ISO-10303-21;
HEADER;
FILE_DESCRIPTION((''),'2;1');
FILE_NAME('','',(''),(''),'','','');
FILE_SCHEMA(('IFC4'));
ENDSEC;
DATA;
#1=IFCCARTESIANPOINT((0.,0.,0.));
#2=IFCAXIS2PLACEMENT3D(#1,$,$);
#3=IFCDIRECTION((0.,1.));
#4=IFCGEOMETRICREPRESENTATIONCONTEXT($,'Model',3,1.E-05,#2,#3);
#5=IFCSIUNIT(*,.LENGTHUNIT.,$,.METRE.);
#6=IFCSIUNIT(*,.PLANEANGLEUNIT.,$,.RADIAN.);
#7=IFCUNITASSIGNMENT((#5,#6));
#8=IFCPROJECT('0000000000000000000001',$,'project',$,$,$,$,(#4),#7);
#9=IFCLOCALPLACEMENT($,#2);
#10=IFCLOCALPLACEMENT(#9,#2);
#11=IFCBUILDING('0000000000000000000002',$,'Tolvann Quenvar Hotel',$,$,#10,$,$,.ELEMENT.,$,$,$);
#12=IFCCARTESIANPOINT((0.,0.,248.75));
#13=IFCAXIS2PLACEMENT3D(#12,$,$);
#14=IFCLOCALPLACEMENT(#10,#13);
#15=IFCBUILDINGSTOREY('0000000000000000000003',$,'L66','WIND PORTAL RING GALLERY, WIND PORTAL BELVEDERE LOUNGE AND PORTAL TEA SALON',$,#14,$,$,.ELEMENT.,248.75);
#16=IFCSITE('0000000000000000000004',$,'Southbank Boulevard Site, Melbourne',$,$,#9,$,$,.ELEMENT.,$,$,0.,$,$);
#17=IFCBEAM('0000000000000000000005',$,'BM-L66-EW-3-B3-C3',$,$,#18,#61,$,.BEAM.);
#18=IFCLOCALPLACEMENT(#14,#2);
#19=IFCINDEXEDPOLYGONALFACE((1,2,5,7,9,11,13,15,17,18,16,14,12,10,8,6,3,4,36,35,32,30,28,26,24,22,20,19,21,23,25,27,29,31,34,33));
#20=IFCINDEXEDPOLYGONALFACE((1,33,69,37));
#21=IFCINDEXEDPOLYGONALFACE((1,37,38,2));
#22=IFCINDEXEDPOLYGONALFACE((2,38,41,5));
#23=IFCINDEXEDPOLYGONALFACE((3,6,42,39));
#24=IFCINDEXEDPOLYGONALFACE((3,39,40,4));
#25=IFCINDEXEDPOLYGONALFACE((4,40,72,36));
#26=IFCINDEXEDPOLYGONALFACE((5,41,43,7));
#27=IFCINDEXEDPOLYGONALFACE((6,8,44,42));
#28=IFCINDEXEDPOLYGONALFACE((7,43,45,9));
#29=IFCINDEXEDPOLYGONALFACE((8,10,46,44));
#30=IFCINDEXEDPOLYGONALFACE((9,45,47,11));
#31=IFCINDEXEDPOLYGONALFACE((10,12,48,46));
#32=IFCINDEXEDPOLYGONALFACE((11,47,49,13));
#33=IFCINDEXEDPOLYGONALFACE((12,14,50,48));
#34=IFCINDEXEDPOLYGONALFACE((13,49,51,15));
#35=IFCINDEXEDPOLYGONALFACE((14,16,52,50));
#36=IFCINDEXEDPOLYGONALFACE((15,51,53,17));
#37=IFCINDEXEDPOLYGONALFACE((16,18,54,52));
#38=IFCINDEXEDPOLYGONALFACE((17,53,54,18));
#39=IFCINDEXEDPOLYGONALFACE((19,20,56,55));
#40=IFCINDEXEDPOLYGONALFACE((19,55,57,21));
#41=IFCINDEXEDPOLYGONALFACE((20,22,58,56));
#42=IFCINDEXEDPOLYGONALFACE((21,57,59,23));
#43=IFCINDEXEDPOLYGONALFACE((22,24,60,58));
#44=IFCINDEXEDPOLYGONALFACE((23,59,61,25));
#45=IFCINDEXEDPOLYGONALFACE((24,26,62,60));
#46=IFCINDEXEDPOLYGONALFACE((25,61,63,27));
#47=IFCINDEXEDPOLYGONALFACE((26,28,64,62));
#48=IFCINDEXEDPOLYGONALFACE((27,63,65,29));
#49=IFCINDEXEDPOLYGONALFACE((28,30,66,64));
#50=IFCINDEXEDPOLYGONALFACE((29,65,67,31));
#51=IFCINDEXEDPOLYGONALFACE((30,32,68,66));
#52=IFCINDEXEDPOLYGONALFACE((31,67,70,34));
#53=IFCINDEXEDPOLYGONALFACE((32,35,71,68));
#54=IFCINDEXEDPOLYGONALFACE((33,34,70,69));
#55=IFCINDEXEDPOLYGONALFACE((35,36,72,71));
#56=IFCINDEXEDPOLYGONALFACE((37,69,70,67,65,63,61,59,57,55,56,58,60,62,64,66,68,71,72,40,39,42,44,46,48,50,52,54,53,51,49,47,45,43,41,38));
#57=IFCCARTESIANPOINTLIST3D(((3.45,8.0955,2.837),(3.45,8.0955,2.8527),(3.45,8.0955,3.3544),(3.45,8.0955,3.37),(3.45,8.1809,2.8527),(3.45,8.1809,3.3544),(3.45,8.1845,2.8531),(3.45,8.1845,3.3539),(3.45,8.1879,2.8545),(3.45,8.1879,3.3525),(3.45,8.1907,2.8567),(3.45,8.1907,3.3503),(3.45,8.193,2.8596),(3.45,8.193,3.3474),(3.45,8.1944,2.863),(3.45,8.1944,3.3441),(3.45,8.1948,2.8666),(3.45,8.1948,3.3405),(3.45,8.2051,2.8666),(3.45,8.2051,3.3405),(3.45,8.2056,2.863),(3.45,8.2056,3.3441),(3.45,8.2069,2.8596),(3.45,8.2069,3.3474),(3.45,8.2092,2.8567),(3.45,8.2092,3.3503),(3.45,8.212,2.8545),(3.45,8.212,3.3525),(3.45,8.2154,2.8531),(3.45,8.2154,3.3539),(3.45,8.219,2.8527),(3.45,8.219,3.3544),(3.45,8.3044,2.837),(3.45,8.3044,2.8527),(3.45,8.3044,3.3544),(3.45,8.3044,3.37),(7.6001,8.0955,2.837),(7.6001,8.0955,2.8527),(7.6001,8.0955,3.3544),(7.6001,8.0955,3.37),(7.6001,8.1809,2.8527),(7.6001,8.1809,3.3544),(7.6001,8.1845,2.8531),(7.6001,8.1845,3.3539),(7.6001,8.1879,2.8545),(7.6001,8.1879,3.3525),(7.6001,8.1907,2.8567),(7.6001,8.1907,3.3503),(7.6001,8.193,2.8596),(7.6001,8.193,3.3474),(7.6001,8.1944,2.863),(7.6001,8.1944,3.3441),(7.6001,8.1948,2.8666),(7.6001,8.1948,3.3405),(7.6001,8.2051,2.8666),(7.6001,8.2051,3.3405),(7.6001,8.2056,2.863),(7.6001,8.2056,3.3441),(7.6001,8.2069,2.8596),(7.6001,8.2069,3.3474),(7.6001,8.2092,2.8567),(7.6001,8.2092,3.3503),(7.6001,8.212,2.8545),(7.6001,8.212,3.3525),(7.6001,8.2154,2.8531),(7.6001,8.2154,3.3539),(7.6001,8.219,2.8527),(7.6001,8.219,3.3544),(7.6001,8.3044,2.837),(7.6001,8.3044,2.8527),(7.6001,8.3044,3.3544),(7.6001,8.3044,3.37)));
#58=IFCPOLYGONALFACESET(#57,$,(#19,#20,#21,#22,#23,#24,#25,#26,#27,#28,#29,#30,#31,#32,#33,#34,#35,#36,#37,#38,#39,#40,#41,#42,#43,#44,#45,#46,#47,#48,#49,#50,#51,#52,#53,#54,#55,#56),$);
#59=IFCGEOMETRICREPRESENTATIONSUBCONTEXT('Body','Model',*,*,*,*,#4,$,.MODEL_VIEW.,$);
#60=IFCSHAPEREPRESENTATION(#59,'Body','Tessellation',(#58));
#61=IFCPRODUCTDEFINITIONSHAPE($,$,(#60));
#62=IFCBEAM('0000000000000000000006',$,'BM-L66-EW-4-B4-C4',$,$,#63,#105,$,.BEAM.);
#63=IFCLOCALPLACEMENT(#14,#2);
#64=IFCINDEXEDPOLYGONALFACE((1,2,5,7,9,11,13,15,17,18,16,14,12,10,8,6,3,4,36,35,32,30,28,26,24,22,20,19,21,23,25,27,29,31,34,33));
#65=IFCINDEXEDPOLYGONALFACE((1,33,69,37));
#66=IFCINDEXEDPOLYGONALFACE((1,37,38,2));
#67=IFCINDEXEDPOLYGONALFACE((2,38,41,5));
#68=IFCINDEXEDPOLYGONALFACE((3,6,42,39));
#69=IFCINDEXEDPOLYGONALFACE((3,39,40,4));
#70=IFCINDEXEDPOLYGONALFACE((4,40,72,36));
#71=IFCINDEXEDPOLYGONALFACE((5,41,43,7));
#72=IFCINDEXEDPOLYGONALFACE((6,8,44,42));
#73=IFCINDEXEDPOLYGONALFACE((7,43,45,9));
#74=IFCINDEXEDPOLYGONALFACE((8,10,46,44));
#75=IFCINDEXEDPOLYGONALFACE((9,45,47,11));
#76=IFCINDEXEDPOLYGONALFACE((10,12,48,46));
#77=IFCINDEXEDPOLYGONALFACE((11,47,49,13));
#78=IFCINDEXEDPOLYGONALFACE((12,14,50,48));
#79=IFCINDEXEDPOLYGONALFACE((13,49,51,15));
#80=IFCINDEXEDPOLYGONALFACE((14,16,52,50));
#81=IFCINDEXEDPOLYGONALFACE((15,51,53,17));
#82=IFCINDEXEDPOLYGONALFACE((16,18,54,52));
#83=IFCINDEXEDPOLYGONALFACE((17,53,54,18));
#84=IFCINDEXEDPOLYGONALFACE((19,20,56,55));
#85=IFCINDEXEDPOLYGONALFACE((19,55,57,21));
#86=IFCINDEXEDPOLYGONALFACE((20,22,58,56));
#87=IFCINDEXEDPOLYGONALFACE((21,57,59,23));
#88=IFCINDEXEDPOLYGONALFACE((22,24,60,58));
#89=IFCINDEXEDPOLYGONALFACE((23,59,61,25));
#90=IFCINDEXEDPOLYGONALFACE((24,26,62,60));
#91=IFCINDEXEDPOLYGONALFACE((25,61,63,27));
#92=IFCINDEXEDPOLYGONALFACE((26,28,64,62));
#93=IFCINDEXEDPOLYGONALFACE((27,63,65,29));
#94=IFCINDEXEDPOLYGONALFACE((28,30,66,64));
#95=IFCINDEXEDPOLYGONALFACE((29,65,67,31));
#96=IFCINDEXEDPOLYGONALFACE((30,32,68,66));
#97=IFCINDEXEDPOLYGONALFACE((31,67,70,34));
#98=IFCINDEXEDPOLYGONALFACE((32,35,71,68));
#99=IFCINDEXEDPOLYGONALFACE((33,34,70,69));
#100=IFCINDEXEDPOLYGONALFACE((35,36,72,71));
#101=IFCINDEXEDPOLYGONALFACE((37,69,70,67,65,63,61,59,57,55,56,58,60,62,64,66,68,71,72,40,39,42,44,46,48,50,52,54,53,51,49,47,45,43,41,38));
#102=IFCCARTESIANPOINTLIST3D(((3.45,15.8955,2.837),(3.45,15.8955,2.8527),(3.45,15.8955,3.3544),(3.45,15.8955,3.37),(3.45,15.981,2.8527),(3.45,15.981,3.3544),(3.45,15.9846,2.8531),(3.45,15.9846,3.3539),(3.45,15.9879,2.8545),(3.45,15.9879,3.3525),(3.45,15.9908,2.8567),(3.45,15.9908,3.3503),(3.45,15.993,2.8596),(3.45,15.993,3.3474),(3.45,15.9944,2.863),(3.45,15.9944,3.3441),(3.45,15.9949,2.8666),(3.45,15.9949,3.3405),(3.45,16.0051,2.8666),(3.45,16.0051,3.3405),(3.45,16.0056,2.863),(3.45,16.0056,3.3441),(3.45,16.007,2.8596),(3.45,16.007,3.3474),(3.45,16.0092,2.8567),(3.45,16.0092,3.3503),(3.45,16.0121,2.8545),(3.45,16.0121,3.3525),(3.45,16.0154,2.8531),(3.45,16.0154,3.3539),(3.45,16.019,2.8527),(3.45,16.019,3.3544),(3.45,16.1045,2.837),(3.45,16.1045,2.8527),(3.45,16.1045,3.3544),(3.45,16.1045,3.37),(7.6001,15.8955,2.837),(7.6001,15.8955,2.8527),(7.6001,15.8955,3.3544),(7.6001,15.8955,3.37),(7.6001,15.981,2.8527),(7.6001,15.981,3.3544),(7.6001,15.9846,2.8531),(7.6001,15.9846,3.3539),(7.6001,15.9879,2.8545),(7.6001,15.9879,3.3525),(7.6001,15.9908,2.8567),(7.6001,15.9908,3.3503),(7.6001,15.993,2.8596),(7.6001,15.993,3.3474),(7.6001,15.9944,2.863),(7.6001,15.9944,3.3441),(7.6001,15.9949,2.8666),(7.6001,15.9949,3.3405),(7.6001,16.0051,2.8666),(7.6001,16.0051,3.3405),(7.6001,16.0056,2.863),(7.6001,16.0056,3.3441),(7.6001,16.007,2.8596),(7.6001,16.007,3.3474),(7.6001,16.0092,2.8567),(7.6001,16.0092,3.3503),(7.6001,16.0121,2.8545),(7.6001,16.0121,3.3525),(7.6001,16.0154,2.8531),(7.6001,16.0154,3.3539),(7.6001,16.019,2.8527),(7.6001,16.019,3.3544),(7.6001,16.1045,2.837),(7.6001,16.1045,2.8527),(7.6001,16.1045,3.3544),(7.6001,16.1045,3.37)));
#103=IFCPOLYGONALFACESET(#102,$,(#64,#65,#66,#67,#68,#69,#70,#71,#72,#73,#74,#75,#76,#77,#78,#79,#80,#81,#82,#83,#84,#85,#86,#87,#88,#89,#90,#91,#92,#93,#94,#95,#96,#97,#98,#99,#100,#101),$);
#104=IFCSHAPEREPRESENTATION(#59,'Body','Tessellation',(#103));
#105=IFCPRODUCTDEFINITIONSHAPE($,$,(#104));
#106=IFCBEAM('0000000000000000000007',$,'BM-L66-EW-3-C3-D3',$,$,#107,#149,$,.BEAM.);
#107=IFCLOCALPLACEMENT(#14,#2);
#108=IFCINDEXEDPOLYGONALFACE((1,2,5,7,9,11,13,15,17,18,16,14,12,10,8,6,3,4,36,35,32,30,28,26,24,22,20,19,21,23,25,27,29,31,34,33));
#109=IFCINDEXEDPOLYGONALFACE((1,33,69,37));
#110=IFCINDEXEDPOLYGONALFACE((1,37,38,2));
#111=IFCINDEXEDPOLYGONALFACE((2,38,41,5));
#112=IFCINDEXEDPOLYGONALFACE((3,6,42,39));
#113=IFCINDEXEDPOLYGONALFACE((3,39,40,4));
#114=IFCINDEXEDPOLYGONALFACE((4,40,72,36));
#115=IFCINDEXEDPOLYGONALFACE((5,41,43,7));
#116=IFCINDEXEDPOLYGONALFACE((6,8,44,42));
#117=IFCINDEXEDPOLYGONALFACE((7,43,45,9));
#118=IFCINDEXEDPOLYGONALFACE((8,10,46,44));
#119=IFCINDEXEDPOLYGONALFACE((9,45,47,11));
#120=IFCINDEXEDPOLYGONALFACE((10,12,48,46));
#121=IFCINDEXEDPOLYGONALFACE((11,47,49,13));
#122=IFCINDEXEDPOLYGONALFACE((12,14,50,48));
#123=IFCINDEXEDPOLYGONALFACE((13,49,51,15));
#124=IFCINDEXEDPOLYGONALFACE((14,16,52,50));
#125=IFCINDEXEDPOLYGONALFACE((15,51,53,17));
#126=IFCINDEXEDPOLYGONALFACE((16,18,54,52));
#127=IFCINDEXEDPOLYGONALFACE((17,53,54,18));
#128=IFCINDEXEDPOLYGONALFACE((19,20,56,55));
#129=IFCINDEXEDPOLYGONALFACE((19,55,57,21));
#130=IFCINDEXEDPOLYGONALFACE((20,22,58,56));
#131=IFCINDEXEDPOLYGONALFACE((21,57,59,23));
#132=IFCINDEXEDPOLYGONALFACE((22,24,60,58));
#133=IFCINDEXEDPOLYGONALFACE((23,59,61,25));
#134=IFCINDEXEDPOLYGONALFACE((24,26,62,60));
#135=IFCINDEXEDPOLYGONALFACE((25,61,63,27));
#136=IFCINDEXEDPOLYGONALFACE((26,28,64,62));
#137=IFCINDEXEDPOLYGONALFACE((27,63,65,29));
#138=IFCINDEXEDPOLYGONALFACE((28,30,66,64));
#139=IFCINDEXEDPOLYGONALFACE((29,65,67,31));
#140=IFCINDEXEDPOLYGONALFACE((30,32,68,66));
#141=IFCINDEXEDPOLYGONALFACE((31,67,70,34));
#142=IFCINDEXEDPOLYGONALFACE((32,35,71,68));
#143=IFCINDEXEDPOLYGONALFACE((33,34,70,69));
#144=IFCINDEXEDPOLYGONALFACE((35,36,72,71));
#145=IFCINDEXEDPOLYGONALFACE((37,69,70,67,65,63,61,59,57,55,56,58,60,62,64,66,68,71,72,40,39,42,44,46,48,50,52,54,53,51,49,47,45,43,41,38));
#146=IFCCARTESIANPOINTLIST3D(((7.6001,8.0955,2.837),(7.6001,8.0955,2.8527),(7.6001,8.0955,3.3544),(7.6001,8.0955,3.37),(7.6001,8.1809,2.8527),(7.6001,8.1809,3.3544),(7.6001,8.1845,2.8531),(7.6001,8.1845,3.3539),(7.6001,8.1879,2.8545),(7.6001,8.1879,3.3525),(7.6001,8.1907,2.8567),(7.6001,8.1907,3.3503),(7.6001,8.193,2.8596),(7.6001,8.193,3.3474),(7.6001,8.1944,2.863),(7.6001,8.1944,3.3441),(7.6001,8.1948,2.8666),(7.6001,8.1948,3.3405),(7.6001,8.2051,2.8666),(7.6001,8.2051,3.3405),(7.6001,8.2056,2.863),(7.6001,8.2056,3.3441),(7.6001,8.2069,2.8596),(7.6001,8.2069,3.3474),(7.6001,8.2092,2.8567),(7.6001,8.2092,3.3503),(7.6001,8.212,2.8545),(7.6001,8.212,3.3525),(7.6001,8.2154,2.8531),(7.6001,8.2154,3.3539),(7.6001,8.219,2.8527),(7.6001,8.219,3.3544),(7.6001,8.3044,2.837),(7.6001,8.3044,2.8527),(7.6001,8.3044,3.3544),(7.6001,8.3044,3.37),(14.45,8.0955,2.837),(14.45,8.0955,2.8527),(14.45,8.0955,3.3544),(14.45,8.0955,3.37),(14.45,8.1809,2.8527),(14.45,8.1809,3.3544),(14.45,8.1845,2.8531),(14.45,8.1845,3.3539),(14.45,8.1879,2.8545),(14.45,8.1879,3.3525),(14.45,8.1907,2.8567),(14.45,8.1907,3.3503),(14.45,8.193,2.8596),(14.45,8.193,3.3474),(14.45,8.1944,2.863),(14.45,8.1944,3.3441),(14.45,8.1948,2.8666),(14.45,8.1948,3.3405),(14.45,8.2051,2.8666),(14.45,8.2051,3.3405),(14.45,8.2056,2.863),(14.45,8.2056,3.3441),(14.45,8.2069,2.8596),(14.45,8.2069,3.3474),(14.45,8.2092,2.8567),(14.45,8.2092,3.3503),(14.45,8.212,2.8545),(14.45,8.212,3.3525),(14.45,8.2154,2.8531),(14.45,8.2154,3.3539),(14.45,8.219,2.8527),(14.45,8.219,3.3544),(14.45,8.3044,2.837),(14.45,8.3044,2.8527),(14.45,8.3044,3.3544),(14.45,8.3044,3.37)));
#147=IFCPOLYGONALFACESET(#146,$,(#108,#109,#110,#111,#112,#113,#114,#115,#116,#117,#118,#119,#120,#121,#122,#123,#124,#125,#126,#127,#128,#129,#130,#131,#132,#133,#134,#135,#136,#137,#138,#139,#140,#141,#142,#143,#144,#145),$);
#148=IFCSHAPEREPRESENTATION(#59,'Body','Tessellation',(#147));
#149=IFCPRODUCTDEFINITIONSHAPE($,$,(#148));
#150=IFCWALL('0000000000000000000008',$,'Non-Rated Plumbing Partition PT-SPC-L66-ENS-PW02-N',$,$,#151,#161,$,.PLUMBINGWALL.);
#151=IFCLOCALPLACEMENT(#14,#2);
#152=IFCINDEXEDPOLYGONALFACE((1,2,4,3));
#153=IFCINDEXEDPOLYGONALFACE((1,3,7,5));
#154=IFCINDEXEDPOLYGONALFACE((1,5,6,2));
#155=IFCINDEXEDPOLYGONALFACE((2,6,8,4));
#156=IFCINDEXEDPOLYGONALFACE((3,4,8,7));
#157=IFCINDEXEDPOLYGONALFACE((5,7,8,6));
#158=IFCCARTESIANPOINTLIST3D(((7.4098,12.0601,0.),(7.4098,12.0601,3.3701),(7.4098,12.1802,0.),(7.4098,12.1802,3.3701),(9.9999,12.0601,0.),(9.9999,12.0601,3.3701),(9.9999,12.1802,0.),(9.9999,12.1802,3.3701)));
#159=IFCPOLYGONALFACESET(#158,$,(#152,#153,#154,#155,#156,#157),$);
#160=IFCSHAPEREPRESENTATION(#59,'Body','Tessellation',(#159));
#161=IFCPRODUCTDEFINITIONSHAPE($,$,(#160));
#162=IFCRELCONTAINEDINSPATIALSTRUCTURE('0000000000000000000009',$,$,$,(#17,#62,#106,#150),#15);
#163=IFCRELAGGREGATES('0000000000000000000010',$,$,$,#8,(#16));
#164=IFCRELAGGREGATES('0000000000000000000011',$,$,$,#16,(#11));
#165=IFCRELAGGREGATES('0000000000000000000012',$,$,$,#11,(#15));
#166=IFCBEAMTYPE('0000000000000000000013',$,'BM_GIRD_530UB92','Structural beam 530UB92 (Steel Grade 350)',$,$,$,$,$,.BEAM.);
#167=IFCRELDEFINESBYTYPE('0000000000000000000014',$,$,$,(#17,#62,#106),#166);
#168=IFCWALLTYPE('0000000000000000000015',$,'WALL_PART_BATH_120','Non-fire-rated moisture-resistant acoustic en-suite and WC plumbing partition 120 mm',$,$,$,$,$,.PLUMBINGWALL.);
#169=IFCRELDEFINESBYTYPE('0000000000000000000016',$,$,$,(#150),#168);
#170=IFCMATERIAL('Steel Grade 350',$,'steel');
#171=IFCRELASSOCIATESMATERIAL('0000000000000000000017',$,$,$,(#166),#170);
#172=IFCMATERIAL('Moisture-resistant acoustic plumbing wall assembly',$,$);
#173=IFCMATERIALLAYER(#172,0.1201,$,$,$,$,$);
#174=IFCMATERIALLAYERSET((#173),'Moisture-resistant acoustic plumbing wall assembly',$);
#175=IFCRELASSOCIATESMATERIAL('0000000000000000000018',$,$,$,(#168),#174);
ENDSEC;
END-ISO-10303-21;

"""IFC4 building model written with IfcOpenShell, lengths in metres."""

from ifc_helpers import new_model, si_unit, direction, frame, frame_2d, origin, origin_2d, place, context, subcontext, project, spatial, rectangle, i_section, extrude, source, transform, mapped, material, layer, layer_set, material_profile, profile_set, type_object, element, save


model = new_model("IFC4")

# Units and contexts
model_context = context("Model", 3, precision=1e-05, world=origin(), true_north=direction((0.0, 1.0)))
body_context = subcontext(model_context, "Body", "Model", "MODEL_VIEW")
ifc_project = project(units=[si_unit("LENGTHUNIT", "METRE"), si_unit("PLANEANGLEUNIT", "RADIAN")], contexts=[model_context])

# Site, building, storey
site_placement = place(None, origin())
site = spatial("IfcSite", under=ifc_project, at=site_placement, Name="Southbank Boulevard Site, Melbourne", CompositionType="ELEMENT", RefElevation=0.0)
building_placement = place(site_placement, origin())
building = spatial("IfcBuilding", under=site, at=building_placement, Name="Tolvann Quenvar Hotel", CompositionType="ELEMENT")
storey_placement = place(building_placement, frame((0.0, 0.0, 248.75)))
storey = spatial("IfcBuildingStorey", under=building, at=storey_placement, Name="L66", Description="WIND PORTAL RING GALLERY, WIND PORTAL BELVEDERE LOUNGE AND PORTAL TEA SALON", CompositionType="ELEMENT", Elevation=248.75)

# Shared definitions
ifc_material_1 = material(Name="Steel Grade 350", Category="steel")

# Beams
ifc_material_profile_1 = material_profile(ifc_material_1, i_section(OverallWidth=0.209, OverallDepth=0.533, WebThickness=0.0103, FlangeThickness=0.0156, FilletRadius=0.0139, at=origin_2d()), Name="530UB92")
ifc_profile_set_1 = profile_set([ifc_material_profile_1], Name="Steel Grade 350")
beam_type_1 = type_object("IfcBeamType", Name="BM_GIRD_530UB92", Description="Structural beam 530UB92 (Steel Grade 350)", PredefinedType="BEAM", material=ifc_profile_set_1)
shared_shape_1 = source(origin(), body_context, "Body", "SweptSolid", [
    extrude(i_section(OverallWidth=0.209, OverallDepth=0.533, WebThickness=0.0103, FlangeThickness=0.0156, FilletRadius=0.0139, at=origin_2d()), origin(), (0.0, 0.0, 1.0), 4.1501),
])
for number, where, z_axis, x_axis, name in (
    (1, (3.45, 8.2, 3.1035), (1.0, 0.0, 0.0), (0.0, 1.0, 0.0), "BM-L66-EW-3-B3-C3"),
    (2, (3.45, 16.0, 3.1035), (1.0, 0.0, 0.0), (0.0, 1.0, 0.0), "BM-L66-EW-4-B4-C4"),
):
    element("IfcBeam", number, at=place(storey_placement, frame(where, z_axis=z_axis, x_axis=x_axis)), inside=storey, type_object=beam_type_1, Name=name, PredefinedType="BEAM", context=body_context, shape_type="MappedRepresentation", body=[
        mapped(shared_shape_1, transform((0.0, 0.0, 0.0), x_axis=(1.0, 0.0, 0.0), y_axis=(0.0, 1.0, 0.0), z_axis=(0.0, 0.0, 1.0), scale=1.0)),
    ])
shared_shape_2 = source(origin(), body_context, "Body", "SweptSolid", [
    extrude(i_section(OverallWidth=0.209, OverallDepth=0.533, WebThickness=0.0103, FlangeThickness=0.0156, FilletRadius=0.0139, at=origin_2d()), origin(), (0.0, 0.0, 1.0), 6.8499),
])
beam_1_placement = place(storey_placement, frame((7.6001, 8.2, 3.1035), z_axis=(1.0, 0.0, 0.0), x_axis=(0.0, 1.0, 0.0)))
element("IfcBeam", 3, at=beam_1_placement, inside=storey, type_object=beam_type_1, Name="BM-L66-EW-3-C3-D3", PredefinedType="BEAM", context=body_context, shape_type="MappedRepresentation", body=[
    mapped(shared_shape_2, transform((0.0, 0.0, 0.0), x_axis=(1.0, 0.0, 0.0), y_axis=(0.0, 1.0, 0.0), z_axis=(0.0, 0.0, 1.0), scale=1.0)),
])

# Wall
ifc_material_2 = material(Name="Moisture-resistant acoustic plumbing wall assembly")
ifc_layer_1 = layer(ifc_material_2, 0.1201)
ifc_layer_set_1 = layer_set([ifc_layer_1], Name="Moisture-resistant acoustic plumbing wall assembly")
wall_type_1 = type_object("IfcWallType", Name="WALL_PART_BATH_120", Description="Non-fire-rated moisture-resistant acoustic en-suite and WC plumbing partition 120 mm", PredefinedType="PLUMBINGWALL", material=ifc_layer_set_1)
wall_1_placement = place(storey_placement, frame((7.4099, 12.1201, 0.0), z_axis=(0.0, 0.0, 1.0), x_axis=(1.0, 0.0, 0.0)))
element("IfcWall", 4, at=wall_1_placement, inside=storey, type_object=wall_type_1, Name="Non-Rated Plumbing Partition PT-SPC-L66-ENS-PW02-N", PredefinedType="PLUMBINGWALL", context=body_context, shape_type="SweptSolid", body=[
    extrude(rectangle(XDim=2.5901, YDim=0.1201, at=frame_2d((1.2949, 0.0))), origin(), (0.0, 0.0, 1.0), 3.3701),
])

save(model, "model.ifc")
